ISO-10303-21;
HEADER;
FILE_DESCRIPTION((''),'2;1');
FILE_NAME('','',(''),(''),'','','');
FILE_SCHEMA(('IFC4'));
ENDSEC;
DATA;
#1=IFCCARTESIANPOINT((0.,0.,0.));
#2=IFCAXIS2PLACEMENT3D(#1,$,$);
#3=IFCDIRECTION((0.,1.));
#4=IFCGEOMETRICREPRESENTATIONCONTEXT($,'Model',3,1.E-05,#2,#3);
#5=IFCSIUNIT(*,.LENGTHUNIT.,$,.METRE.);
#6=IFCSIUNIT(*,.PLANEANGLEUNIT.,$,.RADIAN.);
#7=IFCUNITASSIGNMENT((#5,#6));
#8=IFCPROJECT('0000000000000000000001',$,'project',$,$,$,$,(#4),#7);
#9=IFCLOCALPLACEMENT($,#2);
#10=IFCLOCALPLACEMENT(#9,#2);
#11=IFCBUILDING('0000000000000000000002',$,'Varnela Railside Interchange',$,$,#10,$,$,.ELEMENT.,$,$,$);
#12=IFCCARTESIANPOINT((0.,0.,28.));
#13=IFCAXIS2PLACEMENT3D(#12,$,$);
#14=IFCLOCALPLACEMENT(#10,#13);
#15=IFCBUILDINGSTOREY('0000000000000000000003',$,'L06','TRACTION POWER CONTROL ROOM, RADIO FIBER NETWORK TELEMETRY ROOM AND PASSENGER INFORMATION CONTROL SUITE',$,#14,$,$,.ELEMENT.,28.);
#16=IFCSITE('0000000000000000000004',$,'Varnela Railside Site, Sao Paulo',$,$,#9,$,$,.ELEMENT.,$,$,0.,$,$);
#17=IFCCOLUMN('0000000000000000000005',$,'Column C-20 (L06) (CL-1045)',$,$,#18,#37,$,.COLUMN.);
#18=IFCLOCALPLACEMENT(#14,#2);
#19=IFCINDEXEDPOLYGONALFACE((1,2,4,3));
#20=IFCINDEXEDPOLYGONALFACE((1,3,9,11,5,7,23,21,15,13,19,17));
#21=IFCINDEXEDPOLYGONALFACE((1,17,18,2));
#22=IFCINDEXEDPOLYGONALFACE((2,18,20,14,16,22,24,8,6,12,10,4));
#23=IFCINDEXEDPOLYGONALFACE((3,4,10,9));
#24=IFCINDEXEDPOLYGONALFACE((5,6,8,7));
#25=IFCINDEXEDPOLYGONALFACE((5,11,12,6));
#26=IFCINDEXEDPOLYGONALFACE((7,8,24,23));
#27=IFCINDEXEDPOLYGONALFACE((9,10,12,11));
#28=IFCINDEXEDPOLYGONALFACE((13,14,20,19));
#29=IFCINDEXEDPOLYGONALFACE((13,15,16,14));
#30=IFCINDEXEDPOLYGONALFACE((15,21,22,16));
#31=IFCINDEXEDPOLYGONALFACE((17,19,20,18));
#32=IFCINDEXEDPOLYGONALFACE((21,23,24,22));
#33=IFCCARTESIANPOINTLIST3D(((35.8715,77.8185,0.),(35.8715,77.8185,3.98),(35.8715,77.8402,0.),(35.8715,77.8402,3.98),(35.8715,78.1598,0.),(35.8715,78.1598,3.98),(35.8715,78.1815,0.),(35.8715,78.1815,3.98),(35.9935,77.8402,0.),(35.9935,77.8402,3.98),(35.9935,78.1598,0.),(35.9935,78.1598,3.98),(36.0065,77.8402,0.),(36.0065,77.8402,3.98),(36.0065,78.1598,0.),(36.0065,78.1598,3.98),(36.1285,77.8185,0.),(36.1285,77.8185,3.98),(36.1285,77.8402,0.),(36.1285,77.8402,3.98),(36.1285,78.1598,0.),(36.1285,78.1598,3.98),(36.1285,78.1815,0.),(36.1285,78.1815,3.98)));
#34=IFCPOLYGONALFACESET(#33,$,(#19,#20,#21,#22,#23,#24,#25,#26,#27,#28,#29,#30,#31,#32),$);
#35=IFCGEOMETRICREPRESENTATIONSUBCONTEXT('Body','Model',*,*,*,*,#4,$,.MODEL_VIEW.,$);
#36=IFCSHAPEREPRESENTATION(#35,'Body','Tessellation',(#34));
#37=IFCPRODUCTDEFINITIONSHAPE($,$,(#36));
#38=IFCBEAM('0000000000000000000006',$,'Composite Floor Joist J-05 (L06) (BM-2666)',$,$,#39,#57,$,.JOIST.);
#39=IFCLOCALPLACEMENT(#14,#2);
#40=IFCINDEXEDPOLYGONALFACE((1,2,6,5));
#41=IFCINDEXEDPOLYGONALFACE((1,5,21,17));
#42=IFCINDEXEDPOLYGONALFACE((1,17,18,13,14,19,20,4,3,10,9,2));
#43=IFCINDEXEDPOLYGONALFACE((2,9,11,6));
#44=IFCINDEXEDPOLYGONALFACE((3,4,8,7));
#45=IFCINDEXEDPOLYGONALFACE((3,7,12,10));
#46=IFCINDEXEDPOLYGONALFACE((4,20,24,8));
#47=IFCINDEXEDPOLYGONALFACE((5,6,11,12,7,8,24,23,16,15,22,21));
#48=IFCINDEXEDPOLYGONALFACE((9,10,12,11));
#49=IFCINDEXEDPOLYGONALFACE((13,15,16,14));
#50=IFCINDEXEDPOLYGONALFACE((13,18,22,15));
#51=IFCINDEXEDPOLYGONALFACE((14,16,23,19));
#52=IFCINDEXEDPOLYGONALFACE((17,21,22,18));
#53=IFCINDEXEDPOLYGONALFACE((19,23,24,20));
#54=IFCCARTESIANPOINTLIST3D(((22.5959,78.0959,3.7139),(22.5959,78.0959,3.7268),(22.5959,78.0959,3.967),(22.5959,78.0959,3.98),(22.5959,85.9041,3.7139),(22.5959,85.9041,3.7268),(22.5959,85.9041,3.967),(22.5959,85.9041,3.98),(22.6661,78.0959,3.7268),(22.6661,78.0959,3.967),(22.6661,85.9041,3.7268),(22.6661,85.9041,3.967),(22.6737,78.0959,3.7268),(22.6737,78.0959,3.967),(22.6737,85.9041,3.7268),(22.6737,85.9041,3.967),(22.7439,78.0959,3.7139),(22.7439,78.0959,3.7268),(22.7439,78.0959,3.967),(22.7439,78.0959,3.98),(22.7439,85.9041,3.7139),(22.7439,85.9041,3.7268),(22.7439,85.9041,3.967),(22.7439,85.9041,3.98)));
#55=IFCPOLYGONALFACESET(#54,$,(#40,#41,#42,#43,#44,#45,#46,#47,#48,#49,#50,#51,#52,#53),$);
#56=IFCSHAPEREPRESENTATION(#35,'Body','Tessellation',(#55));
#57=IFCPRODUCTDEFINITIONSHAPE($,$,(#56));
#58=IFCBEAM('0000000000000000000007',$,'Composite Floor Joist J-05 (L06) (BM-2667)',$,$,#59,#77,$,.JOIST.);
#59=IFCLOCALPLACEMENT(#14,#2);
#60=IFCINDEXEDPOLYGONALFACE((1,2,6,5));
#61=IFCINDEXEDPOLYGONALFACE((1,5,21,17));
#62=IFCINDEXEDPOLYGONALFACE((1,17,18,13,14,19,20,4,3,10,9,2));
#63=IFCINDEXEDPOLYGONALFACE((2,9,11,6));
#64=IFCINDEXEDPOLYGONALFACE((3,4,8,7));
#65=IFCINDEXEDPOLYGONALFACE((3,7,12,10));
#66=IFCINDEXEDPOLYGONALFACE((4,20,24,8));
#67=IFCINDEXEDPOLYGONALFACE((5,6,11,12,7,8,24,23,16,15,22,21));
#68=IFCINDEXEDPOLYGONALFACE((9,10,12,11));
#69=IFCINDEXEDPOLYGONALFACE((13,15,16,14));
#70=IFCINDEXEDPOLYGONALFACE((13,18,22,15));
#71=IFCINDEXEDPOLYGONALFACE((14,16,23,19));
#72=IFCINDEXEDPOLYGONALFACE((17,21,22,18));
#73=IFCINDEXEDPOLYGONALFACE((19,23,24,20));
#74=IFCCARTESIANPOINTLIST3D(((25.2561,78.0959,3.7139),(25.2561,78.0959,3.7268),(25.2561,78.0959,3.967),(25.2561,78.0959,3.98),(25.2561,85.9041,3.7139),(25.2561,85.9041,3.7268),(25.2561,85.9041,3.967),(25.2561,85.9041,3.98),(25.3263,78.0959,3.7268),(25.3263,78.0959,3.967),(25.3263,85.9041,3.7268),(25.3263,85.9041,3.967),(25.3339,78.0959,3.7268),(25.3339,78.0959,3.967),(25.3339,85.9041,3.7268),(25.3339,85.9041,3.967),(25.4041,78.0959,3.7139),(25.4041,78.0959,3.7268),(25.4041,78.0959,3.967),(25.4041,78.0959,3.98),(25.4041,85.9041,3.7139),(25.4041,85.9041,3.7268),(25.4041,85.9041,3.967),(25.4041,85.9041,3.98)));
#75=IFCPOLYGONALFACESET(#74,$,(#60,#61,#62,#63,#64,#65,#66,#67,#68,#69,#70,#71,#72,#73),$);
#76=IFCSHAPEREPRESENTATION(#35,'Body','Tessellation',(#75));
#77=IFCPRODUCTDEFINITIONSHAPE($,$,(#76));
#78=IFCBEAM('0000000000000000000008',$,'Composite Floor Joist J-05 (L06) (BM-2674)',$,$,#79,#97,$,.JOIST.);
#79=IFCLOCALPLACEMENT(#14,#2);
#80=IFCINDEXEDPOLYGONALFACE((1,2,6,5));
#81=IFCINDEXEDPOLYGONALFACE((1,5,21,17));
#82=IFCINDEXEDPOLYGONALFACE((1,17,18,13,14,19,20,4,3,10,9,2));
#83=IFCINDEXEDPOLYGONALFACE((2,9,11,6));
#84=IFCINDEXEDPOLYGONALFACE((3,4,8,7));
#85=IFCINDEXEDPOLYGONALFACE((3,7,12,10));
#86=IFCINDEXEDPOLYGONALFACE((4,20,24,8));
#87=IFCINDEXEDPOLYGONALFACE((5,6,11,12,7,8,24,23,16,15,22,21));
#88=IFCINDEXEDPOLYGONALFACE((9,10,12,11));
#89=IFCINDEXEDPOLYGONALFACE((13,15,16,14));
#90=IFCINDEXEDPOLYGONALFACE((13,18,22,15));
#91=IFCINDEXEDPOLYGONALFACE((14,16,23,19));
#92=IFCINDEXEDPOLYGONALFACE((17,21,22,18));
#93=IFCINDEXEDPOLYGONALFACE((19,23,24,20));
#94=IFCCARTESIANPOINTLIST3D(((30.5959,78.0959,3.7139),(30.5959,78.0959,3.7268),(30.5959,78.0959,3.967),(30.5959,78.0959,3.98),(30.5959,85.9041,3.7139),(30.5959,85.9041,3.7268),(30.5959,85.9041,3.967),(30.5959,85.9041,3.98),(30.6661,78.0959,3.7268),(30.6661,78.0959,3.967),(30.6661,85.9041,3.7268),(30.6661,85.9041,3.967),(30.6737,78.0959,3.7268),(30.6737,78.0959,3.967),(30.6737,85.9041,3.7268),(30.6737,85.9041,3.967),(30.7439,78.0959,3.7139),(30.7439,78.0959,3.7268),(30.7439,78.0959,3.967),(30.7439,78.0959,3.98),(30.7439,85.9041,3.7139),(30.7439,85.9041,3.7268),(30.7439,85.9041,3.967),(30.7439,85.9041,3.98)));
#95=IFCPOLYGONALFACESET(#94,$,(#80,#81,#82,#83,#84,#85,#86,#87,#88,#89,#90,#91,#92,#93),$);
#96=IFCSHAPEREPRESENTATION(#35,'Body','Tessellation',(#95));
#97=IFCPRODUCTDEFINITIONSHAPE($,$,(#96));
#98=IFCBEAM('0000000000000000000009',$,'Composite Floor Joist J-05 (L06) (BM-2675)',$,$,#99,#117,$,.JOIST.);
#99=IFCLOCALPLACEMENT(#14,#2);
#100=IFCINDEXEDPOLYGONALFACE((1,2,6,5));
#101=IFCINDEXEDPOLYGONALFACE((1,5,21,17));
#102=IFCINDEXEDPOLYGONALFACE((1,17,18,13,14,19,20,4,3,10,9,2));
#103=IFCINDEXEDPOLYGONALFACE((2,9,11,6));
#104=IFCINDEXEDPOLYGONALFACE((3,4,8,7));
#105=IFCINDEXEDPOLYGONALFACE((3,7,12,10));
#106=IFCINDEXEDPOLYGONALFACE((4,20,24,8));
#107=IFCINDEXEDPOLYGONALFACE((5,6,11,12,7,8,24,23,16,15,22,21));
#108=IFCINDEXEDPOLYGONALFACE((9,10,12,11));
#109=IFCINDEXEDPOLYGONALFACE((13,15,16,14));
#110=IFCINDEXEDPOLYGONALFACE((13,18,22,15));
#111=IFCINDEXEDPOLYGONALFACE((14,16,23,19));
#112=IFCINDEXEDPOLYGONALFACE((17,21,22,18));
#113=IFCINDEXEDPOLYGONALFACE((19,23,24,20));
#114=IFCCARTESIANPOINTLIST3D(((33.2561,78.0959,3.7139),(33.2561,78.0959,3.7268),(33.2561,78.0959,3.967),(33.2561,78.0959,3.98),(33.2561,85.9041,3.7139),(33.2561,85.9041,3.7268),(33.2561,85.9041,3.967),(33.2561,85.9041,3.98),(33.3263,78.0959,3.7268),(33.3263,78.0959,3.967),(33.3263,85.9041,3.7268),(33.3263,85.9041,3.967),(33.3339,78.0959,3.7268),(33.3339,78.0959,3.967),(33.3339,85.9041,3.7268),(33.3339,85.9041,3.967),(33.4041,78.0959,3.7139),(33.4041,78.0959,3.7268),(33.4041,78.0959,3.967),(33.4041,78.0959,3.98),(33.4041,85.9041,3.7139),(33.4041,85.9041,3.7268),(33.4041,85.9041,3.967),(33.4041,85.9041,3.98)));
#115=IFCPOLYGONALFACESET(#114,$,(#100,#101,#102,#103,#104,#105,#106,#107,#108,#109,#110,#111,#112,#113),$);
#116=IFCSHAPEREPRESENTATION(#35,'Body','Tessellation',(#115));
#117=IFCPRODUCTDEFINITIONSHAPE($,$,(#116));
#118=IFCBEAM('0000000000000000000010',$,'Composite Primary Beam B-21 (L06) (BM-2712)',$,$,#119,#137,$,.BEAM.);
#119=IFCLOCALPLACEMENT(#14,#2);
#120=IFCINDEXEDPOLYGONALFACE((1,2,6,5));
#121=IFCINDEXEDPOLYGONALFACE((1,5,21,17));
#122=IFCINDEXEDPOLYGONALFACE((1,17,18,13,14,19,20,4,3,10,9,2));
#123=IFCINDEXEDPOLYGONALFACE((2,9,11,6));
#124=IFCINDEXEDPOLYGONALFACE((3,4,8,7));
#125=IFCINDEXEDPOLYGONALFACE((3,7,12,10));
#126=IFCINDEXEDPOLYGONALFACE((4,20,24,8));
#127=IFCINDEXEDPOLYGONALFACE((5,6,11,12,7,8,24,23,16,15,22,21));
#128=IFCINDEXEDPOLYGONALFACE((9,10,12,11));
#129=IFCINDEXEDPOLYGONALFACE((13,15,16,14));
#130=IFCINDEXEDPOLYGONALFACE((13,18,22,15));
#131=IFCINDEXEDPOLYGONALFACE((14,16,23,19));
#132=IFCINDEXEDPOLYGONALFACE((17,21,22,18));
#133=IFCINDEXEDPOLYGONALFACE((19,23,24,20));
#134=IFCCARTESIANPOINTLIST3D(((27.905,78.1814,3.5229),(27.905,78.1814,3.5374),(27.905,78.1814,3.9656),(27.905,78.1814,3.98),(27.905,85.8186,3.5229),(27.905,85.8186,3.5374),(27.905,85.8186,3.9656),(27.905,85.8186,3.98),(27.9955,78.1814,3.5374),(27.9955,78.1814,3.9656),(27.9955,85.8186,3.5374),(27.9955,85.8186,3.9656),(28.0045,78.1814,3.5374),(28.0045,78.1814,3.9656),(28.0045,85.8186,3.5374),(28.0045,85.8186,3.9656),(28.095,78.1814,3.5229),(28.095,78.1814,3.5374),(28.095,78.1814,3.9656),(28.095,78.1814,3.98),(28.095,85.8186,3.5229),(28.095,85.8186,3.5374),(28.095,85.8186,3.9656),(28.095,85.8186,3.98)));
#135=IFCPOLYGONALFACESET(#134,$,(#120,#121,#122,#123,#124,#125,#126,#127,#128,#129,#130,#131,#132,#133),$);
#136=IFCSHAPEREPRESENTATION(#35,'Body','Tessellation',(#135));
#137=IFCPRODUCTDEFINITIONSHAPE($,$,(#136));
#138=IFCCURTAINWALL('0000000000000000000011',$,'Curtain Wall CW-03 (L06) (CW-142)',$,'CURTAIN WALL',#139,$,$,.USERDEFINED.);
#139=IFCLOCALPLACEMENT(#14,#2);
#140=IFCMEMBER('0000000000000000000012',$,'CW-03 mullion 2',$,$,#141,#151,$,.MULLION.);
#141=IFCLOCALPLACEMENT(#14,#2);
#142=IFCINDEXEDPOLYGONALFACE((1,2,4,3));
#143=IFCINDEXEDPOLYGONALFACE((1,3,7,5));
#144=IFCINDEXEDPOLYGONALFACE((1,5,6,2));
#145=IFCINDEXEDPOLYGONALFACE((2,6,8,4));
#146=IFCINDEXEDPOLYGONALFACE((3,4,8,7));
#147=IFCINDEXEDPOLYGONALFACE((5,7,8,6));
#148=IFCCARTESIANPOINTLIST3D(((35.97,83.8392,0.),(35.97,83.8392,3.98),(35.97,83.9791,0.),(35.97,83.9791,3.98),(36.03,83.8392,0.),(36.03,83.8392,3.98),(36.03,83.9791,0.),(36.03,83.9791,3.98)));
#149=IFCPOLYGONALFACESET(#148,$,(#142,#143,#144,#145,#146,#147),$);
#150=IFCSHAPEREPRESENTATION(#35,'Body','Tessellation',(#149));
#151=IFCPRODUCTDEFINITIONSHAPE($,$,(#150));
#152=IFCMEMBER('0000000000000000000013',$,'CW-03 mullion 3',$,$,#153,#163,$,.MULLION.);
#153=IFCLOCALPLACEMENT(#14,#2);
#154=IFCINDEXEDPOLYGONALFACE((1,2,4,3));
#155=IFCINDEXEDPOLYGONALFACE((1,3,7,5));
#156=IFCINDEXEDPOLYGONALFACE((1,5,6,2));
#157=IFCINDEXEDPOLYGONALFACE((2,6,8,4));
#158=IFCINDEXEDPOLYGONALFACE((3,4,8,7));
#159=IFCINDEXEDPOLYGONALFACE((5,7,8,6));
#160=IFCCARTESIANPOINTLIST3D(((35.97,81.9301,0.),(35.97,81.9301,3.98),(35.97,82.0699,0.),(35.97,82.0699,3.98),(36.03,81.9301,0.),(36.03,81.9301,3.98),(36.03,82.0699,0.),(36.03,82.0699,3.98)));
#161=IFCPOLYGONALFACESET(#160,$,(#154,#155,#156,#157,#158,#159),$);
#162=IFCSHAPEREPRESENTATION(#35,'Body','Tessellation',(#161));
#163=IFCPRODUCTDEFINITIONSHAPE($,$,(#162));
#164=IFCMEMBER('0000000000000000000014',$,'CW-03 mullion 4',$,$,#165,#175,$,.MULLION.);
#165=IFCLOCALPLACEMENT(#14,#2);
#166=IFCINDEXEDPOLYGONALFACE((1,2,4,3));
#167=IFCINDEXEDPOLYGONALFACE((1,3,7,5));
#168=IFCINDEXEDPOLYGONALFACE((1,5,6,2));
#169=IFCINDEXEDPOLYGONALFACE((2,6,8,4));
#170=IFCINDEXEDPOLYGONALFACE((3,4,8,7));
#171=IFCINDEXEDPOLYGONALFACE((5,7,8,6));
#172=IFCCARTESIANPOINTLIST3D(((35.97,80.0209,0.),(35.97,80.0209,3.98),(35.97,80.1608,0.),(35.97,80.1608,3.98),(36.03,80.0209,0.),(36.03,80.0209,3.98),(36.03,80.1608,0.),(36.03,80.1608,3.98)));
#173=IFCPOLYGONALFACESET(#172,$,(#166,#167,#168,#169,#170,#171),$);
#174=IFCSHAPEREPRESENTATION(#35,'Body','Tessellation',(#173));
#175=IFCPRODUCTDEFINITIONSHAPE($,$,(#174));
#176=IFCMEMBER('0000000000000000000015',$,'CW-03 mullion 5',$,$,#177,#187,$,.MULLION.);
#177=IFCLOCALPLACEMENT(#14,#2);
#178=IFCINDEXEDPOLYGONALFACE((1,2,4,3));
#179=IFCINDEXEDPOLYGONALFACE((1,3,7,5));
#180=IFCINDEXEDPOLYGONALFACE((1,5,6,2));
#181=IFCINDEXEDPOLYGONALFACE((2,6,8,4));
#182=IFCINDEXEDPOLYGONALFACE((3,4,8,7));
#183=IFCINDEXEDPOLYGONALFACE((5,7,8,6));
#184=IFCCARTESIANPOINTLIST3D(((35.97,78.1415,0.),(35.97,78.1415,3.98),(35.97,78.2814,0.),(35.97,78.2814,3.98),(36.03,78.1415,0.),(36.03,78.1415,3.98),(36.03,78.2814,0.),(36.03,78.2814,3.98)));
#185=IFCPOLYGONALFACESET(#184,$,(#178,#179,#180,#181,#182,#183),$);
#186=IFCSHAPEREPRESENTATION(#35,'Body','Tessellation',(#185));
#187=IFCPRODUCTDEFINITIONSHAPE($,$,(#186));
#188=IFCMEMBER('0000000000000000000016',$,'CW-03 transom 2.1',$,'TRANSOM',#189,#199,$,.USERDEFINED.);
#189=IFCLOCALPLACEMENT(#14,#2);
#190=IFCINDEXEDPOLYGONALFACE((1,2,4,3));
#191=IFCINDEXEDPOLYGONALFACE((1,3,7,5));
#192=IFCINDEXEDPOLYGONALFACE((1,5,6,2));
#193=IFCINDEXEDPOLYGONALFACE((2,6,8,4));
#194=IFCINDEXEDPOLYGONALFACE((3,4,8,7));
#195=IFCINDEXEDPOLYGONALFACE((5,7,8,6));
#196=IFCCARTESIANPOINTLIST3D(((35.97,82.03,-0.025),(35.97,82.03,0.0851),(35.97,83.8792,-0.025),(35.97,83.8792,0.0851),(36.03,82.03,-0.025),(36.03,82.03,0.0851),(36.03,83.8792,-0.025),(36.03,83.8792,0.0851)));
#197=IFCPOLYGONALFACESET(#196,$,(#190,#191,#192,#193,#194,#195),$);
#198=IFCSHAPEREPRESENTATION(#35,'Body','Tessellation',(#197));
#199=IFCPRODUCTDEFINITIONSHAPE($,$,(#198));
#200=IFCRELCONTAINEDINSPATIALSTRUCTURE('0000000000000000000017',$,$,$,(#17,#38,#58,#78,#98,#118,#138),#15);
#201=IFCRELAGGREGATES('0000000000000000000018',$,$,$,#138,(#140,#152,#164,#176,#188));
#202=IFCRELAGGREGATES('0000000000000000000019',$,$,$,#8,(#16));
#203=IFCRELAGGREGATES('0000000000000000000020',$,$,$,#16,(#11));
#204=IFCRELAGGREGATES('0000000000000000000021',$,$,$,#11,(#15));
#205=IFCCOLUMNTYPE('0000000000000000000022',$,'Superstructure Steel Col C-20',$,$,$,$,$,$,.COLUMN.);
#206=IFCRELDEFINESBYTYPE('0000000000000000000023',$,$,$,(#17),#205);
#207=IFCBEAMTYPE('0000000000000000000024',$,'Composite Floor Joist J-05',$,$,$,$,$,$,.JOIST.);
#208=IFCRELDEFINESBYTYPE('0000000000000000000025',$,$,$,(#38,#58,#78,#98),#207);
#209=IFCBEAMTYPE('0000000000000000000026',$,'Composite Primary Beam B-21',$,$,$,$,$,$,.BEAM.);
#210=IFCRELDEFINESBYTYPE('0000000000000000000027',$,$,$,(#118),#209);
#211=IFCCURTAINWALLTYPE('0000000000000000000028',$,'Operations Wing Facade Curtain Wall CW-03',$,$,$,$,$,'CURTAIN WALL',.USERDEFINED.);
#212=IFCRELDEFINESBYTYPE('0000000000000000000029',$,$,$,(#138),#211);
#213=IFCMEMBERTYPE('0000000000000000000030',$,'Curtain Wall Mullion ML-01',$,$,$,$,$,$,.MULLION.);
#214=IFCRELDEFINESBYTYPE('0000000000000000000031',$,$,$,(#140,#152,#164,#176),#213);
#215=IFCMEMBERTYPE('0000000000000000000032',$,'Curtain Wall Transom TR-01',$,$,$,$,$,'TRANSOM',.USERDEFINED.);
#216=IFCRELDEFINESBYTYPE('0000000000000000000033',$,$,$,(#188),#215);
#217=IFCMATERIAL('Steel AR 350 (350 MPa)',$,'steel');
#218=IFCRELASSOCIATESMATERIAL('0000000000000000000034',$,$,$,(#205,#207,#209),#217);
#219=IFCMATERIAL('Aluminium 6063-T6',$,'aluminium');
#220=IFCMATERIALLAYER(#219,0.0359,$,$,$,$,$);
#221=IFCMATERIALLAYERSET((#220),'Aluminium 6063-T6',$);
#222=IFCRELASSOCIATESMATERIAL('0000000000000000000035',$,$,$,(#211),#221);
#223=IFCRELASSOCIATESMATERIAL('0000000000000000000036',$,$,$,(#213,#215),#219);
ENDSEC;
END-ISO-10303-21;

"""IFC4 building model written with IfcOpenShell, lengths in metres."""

from ifc_helpers import new_model, si_unit, direction, frame, origin, origin_2d, place, context, subcontext, project, spatial, rectangle, i_section, extrude, material, layer, layer_set, material_profile, profile_set, type_object, element, aggregate, save


model = new_model("IFC4")

# Units and contexts
model_context = context("Model", 3, precision=1e-05, world=origin(), true_north=direction((0.0, 1.0)))
body_context = subcontext(model_context, "Body", "Model", "MODEL_VIEW")
ifc_project = project(units=[si_unit("LENGTHUNIT", "METRE"), si_unit("PLANEANGLEUNIT", "RADIAN")], contexts=[model_context])

# Site, building, storey
site_placement = place(None, origin())
site = spatial("IfcSite", under=ifc_project, at=site_placement, Name="Varnela Railside Site, Sao Paulo", CompositionType="ELEMENT", RefElevation=0.0)
building_placement = place(site_placement, origin())
building = spatial("IfcBuilding", under=site, at=building_placement, Name="Varnela Railside Interchange", CompositionType="ELEMENT")
storey_placement = place(building_placement, frame((0.0, 0.0, 28.0)))
storey = spatial("IfcBuildingStorey", under=building, at=storey_placement, Name="L06", Description="TRACTION POWER CONTROL ROOM, RADIO FIBER NETWORK TELEMETRY ROOM AND PASSENGER INFORMATION CONTROL SUITE", CompositionType="ELEMENT", Elevation=28.0)

# Column
ifc_material_1 = material(Name="Steel AR 350 (350 MPa)", Category="steel")
ifc_material_profile_1 = material_profile(ifc_material_1, i_section(OverallWidth=0.2571, OverallDepth=0.363, WebThickness=0.0129, FlangeThickness=0.0217, at=origin_2d()), Name="W360x122")
ifc_profile_set_1 = profile_set([ifc_material_profile_1], Name="Steel AR 350 (350 MPa)")
column_type = type_object("IfcColumnType", Name="Superstructure Steel Col C-20", PredefinedType="COLUMN", material=ifc_profile_set_1)
column_placement = place(storey_placement, frame((36.0, 78.0, 0.0), z_axis=(0.0, 0.0, 1.0), x_axis=(1.0, 0.0, 0.0)))
element("IfcColumn", 1, at=column_placement, inside=storey, type_object=column_type, Name="Column C-20 (L06) (CL-1045)", PredefinedType="COLUMN", context=body_context, shape_type="SweptSolid", body=[
    extrude(i_section(OverallWidth=0.2571, OverallDepth=0.363, WebThickness=0.0129, FlangeThickness=0.0217, at=origin_2d()), origin(), (0.0, 0.0, 1.0), 3.98),
])

# Beams
ifc_material_profile_2 = material_profile(ifc_material_1, i_section(OverallWidth=0.1479, OverallDepth=0.2661, WebThickness=0.0076, FlangeThickness=0.0129, at=origin_2d()), Name="W250x44.8")
ifc_profile_set_2 = profile_set([ifc_material_profile_2], Name="Steel AR 350 (350 MPa)")
beam_type_1 = type_object("IfcBeamType", Name="Composite Floor Joist J-05", PredefinedType="JOIST", material=ifc_profile_set_2)
for number, where, z_axis, x_axis, name in (
    (2, (22.6699, 78.0959, 3.8469), (0.0, 1.0, 0.0), (-1.0, 0.0, 0.0), "Composite Floor Joist J-05 (L06) (BM-2666)"),
    (3, (25.3301, 78.0959, 3.8469), (0.0, 1.0, 0.0), (-1.0, 0.0, 0.0), "Composite Floor Joist J-05 (L06) (BM-2667)"),
    (4, (30.6699, 78.0959, 3.8469), (0.0, 1.0, 0.0), (-1.0, 0.0, 0.0), "Composite Floor Joist J-05 (L06) (BM-2674)"),
    (5, (33.3301, 78.0959, 3.8469), (0.0, 1.0, 0.0), (-1.0, 0.0, 0.0), "Composite Floor Joist J-05 (L06) (BM-2675)"),
):
    element("IfcBeam", number, at=place(storey_placement, frame(where, z_axis=z_axis, x_axis=x_axis)), inside=storey, type_object=beam_type_1, Name=name, PredefinedType="JOIST", context=body_context, shape_type="SweptSolid", body=[
        extrude(i_section(OverallWidth=0.1479, OverallDepth=0.2661, WebThickness=0.0076, FlangeThickness=0.0129, at=origin_2d()), origin(), (0.0, 0.0, 1.0), 7.8081),
    ])
ifc_material_profile_3 = material_profile(ifc_material_1, i_section(OverallWidth=0.1899, OverallDepth=0.457, WebThickness=0.009, FlangeThickness=0.0144, at=origin_2d()), Name="W460x74")
ifc_profile_set_3 = profile_set([ifc_material_profile_3], Name="Steel AR 350 (350 MPa)")
beam_type_2 = type_object("IfcBeamType", Name="Composite Primary Beam B-21", PredefinedType="BEAM", material=ifc_profile_set_3)
beam_1_placement = place(storey_placement, frame((28.0, 78.1814, 3.7515), z_axis=(0.0, 1.0, 0.0), x_axis=(-1.0, 0.0, 0.0)))
element("IfcBeam", 6, at=beam_1_placement, inside=storey, type_object=beam_type_2, Name="Composite Primary Beam B-21 (L06) (BM-2712)", PredefinedType="BEAM", context=body_context, shape_type="SweptSolid", body=[
    extrude(i_section(OverallWidth=0.1899, OverallDepth=0.457, WebThickness=0.009, FlangeThickness=0.0144, at=origin_2d()), origin(), (0.0, 0.0, 1.0), 7.6372),
])

# Curtain wall, members
ifc_material_2 = material(Name="Aluminium 6063-T6", Category="aluminium")
ifc_layer_1 = layer(ifc_material_2, 0.0359)
ifc_layer_set_1 = layer_set([ifc_layer_1], Name="Aluminium 6063-T6")
curtain_wall_type = type_object("IfcCurtainWallType", Name="Operations Wing Facade Curtain Wall CW-03", ElementType="CURTAIN WALL", PredefinedType="USERDEFINED", material=ifc_layer_set_1)
curtain_wall_placement = place(storey_placement, origin())
curtain_wall = element("IfcCurtainWall", 7, at=curtain_wall_placement, inside=storey, type_object=curtain_wall_type, Name="Curtain Wall CW-03 (L06) (CW-142)", ObjectType="CURTAIN WALL", PredefinedType="USERDEFINED")
ifc_material_profile_4 = material_profile(ifc_material_2, rectangle(XDim=0.0601, YDim=0.1399, at=origin_2d()), Name="ALU 60x140")
ifc_profile_set_4 = profile_set([ifc_material_profile_4], Name="Aluminium 6063-T6")
member_type_1 = type_object("IfcMemberType", Name="Curtain Wall Mullion ML-01", PredefinedType="MULLION", material=ifc_profile_set_4)
member_1_placement = place(storey_placement, frame((36.0, 83.9092, 0.0), z_axis=(0.0, 0.0, 1.0), x_axis=(1.0, 0.0, 0.0)))
member_1 = element("IfcMember", 8, at=member_1_placement, type_object=member_type_1, Name="CW-03 mullion 2", PredefinedType="MULLION", context=body_context, shape_type="SweptSolid", body=[
    extrude(rectangle(XDim=0.0601, YDim=0.1399, at=origin_2d()), origin(), (0.0, 0.0, 1.0), 3.98),
])
member_2_placement = place(storey_placement, frame((36.0, 82.0, 0.0), z_axis=(0.0, 0.0, 1.0), x_axis=(1.0, 0.0, 0.0)))
member_2 = element("IfcMember", 9, at=member_2_placement, type_object=member_type_1, Name="CW-03 mullion 3", PredefinedType="MULLION", context=body_context, shape_type="SweptSolid", body=[
    extrude(rectangle(XDim=0.0601, YDim=0.1399, at=origin_2d()), origin(), (0.0, 0.0, 1.0), 3.98),
])
member_3_placement = place(storey_placement, frame((36.0, 80.0908, 0.0), z_axis=(0.0, 0.0, 1.0), x_axis=(1.0, 0.0, 0.0)))
member_3 = element("IfcMember", 10, at=member_3_placement, type_object=member_type_1, Name="CW-03 mullion 4", PredefinedType="MULLION", context=body_context, shape_type="SweptSolid", body=[
    extrude(rectangle(XDim=0.0601, YDim=0.1399, at=origin_2d()), origin(), (0.0, 0.0, 1.0), 3.98),
])
member_4_placement = place(storey_placement, frame((36.0, 78.2114, 0.0), z_axis=(0.0, 0.0, 1.0), x_axis=(1.0, 0.0, 0.0)))
member_4 = element("IfcMember", 11, at=member_4_placement, type_object=member_type_1, Name="CW-03 mullion 5", PredefinedType="MULLION", context=body_context, shape_type="SweptSolid", body=[
    extrude(rectangle(XDim=0.0601, YDim=0.1399, at=origin_2d()), origin(), (0.0, 0.0, 1.0), 3.98),
])
ifc_material_profile_5 = material_profile(ifc_material_2, rectangle(XDim=0.0601, YDim=0.1101, at=origin_2d()), Name="ALU 60x110")
ifc_profile_set_5 = profile_set([ifc_material_profile_5], Name="Aluminium 6063-T6")
member_type_2 = type_object("IfcMemberType", Name="Curtain Wall Transom TR-01", ElementType="TRANSOM", PredefinedType="USERDEFINED", material=ifc_profile_set_5)
member_5_placement = place(storey_placement, frame((36.0, 83.8792, 0.03), z_axis=(0.0, -1.0, 0.0), x_axis=(1.0, 0.0, 0.0)))
member_5 = element("IfcMember", 12, at=member_5_placement, type_object=member_type_2, Name="CW-03 transom 2.1", ObjectType="TRANSOM", PredefinedType="USERDEFINED", context=body_context, shape_type="SweptSolid", body=[
    extrude(rectangle(XDim=0.0601, YDim=0.1101, at=origin_2d()), origin(), (0.0, 0.0, 1.0), 1.8491),
])

aggregate(curtain_wall, [member_1, member_2, member_3, member_4, member_5])

save(model, "model.ifc")
